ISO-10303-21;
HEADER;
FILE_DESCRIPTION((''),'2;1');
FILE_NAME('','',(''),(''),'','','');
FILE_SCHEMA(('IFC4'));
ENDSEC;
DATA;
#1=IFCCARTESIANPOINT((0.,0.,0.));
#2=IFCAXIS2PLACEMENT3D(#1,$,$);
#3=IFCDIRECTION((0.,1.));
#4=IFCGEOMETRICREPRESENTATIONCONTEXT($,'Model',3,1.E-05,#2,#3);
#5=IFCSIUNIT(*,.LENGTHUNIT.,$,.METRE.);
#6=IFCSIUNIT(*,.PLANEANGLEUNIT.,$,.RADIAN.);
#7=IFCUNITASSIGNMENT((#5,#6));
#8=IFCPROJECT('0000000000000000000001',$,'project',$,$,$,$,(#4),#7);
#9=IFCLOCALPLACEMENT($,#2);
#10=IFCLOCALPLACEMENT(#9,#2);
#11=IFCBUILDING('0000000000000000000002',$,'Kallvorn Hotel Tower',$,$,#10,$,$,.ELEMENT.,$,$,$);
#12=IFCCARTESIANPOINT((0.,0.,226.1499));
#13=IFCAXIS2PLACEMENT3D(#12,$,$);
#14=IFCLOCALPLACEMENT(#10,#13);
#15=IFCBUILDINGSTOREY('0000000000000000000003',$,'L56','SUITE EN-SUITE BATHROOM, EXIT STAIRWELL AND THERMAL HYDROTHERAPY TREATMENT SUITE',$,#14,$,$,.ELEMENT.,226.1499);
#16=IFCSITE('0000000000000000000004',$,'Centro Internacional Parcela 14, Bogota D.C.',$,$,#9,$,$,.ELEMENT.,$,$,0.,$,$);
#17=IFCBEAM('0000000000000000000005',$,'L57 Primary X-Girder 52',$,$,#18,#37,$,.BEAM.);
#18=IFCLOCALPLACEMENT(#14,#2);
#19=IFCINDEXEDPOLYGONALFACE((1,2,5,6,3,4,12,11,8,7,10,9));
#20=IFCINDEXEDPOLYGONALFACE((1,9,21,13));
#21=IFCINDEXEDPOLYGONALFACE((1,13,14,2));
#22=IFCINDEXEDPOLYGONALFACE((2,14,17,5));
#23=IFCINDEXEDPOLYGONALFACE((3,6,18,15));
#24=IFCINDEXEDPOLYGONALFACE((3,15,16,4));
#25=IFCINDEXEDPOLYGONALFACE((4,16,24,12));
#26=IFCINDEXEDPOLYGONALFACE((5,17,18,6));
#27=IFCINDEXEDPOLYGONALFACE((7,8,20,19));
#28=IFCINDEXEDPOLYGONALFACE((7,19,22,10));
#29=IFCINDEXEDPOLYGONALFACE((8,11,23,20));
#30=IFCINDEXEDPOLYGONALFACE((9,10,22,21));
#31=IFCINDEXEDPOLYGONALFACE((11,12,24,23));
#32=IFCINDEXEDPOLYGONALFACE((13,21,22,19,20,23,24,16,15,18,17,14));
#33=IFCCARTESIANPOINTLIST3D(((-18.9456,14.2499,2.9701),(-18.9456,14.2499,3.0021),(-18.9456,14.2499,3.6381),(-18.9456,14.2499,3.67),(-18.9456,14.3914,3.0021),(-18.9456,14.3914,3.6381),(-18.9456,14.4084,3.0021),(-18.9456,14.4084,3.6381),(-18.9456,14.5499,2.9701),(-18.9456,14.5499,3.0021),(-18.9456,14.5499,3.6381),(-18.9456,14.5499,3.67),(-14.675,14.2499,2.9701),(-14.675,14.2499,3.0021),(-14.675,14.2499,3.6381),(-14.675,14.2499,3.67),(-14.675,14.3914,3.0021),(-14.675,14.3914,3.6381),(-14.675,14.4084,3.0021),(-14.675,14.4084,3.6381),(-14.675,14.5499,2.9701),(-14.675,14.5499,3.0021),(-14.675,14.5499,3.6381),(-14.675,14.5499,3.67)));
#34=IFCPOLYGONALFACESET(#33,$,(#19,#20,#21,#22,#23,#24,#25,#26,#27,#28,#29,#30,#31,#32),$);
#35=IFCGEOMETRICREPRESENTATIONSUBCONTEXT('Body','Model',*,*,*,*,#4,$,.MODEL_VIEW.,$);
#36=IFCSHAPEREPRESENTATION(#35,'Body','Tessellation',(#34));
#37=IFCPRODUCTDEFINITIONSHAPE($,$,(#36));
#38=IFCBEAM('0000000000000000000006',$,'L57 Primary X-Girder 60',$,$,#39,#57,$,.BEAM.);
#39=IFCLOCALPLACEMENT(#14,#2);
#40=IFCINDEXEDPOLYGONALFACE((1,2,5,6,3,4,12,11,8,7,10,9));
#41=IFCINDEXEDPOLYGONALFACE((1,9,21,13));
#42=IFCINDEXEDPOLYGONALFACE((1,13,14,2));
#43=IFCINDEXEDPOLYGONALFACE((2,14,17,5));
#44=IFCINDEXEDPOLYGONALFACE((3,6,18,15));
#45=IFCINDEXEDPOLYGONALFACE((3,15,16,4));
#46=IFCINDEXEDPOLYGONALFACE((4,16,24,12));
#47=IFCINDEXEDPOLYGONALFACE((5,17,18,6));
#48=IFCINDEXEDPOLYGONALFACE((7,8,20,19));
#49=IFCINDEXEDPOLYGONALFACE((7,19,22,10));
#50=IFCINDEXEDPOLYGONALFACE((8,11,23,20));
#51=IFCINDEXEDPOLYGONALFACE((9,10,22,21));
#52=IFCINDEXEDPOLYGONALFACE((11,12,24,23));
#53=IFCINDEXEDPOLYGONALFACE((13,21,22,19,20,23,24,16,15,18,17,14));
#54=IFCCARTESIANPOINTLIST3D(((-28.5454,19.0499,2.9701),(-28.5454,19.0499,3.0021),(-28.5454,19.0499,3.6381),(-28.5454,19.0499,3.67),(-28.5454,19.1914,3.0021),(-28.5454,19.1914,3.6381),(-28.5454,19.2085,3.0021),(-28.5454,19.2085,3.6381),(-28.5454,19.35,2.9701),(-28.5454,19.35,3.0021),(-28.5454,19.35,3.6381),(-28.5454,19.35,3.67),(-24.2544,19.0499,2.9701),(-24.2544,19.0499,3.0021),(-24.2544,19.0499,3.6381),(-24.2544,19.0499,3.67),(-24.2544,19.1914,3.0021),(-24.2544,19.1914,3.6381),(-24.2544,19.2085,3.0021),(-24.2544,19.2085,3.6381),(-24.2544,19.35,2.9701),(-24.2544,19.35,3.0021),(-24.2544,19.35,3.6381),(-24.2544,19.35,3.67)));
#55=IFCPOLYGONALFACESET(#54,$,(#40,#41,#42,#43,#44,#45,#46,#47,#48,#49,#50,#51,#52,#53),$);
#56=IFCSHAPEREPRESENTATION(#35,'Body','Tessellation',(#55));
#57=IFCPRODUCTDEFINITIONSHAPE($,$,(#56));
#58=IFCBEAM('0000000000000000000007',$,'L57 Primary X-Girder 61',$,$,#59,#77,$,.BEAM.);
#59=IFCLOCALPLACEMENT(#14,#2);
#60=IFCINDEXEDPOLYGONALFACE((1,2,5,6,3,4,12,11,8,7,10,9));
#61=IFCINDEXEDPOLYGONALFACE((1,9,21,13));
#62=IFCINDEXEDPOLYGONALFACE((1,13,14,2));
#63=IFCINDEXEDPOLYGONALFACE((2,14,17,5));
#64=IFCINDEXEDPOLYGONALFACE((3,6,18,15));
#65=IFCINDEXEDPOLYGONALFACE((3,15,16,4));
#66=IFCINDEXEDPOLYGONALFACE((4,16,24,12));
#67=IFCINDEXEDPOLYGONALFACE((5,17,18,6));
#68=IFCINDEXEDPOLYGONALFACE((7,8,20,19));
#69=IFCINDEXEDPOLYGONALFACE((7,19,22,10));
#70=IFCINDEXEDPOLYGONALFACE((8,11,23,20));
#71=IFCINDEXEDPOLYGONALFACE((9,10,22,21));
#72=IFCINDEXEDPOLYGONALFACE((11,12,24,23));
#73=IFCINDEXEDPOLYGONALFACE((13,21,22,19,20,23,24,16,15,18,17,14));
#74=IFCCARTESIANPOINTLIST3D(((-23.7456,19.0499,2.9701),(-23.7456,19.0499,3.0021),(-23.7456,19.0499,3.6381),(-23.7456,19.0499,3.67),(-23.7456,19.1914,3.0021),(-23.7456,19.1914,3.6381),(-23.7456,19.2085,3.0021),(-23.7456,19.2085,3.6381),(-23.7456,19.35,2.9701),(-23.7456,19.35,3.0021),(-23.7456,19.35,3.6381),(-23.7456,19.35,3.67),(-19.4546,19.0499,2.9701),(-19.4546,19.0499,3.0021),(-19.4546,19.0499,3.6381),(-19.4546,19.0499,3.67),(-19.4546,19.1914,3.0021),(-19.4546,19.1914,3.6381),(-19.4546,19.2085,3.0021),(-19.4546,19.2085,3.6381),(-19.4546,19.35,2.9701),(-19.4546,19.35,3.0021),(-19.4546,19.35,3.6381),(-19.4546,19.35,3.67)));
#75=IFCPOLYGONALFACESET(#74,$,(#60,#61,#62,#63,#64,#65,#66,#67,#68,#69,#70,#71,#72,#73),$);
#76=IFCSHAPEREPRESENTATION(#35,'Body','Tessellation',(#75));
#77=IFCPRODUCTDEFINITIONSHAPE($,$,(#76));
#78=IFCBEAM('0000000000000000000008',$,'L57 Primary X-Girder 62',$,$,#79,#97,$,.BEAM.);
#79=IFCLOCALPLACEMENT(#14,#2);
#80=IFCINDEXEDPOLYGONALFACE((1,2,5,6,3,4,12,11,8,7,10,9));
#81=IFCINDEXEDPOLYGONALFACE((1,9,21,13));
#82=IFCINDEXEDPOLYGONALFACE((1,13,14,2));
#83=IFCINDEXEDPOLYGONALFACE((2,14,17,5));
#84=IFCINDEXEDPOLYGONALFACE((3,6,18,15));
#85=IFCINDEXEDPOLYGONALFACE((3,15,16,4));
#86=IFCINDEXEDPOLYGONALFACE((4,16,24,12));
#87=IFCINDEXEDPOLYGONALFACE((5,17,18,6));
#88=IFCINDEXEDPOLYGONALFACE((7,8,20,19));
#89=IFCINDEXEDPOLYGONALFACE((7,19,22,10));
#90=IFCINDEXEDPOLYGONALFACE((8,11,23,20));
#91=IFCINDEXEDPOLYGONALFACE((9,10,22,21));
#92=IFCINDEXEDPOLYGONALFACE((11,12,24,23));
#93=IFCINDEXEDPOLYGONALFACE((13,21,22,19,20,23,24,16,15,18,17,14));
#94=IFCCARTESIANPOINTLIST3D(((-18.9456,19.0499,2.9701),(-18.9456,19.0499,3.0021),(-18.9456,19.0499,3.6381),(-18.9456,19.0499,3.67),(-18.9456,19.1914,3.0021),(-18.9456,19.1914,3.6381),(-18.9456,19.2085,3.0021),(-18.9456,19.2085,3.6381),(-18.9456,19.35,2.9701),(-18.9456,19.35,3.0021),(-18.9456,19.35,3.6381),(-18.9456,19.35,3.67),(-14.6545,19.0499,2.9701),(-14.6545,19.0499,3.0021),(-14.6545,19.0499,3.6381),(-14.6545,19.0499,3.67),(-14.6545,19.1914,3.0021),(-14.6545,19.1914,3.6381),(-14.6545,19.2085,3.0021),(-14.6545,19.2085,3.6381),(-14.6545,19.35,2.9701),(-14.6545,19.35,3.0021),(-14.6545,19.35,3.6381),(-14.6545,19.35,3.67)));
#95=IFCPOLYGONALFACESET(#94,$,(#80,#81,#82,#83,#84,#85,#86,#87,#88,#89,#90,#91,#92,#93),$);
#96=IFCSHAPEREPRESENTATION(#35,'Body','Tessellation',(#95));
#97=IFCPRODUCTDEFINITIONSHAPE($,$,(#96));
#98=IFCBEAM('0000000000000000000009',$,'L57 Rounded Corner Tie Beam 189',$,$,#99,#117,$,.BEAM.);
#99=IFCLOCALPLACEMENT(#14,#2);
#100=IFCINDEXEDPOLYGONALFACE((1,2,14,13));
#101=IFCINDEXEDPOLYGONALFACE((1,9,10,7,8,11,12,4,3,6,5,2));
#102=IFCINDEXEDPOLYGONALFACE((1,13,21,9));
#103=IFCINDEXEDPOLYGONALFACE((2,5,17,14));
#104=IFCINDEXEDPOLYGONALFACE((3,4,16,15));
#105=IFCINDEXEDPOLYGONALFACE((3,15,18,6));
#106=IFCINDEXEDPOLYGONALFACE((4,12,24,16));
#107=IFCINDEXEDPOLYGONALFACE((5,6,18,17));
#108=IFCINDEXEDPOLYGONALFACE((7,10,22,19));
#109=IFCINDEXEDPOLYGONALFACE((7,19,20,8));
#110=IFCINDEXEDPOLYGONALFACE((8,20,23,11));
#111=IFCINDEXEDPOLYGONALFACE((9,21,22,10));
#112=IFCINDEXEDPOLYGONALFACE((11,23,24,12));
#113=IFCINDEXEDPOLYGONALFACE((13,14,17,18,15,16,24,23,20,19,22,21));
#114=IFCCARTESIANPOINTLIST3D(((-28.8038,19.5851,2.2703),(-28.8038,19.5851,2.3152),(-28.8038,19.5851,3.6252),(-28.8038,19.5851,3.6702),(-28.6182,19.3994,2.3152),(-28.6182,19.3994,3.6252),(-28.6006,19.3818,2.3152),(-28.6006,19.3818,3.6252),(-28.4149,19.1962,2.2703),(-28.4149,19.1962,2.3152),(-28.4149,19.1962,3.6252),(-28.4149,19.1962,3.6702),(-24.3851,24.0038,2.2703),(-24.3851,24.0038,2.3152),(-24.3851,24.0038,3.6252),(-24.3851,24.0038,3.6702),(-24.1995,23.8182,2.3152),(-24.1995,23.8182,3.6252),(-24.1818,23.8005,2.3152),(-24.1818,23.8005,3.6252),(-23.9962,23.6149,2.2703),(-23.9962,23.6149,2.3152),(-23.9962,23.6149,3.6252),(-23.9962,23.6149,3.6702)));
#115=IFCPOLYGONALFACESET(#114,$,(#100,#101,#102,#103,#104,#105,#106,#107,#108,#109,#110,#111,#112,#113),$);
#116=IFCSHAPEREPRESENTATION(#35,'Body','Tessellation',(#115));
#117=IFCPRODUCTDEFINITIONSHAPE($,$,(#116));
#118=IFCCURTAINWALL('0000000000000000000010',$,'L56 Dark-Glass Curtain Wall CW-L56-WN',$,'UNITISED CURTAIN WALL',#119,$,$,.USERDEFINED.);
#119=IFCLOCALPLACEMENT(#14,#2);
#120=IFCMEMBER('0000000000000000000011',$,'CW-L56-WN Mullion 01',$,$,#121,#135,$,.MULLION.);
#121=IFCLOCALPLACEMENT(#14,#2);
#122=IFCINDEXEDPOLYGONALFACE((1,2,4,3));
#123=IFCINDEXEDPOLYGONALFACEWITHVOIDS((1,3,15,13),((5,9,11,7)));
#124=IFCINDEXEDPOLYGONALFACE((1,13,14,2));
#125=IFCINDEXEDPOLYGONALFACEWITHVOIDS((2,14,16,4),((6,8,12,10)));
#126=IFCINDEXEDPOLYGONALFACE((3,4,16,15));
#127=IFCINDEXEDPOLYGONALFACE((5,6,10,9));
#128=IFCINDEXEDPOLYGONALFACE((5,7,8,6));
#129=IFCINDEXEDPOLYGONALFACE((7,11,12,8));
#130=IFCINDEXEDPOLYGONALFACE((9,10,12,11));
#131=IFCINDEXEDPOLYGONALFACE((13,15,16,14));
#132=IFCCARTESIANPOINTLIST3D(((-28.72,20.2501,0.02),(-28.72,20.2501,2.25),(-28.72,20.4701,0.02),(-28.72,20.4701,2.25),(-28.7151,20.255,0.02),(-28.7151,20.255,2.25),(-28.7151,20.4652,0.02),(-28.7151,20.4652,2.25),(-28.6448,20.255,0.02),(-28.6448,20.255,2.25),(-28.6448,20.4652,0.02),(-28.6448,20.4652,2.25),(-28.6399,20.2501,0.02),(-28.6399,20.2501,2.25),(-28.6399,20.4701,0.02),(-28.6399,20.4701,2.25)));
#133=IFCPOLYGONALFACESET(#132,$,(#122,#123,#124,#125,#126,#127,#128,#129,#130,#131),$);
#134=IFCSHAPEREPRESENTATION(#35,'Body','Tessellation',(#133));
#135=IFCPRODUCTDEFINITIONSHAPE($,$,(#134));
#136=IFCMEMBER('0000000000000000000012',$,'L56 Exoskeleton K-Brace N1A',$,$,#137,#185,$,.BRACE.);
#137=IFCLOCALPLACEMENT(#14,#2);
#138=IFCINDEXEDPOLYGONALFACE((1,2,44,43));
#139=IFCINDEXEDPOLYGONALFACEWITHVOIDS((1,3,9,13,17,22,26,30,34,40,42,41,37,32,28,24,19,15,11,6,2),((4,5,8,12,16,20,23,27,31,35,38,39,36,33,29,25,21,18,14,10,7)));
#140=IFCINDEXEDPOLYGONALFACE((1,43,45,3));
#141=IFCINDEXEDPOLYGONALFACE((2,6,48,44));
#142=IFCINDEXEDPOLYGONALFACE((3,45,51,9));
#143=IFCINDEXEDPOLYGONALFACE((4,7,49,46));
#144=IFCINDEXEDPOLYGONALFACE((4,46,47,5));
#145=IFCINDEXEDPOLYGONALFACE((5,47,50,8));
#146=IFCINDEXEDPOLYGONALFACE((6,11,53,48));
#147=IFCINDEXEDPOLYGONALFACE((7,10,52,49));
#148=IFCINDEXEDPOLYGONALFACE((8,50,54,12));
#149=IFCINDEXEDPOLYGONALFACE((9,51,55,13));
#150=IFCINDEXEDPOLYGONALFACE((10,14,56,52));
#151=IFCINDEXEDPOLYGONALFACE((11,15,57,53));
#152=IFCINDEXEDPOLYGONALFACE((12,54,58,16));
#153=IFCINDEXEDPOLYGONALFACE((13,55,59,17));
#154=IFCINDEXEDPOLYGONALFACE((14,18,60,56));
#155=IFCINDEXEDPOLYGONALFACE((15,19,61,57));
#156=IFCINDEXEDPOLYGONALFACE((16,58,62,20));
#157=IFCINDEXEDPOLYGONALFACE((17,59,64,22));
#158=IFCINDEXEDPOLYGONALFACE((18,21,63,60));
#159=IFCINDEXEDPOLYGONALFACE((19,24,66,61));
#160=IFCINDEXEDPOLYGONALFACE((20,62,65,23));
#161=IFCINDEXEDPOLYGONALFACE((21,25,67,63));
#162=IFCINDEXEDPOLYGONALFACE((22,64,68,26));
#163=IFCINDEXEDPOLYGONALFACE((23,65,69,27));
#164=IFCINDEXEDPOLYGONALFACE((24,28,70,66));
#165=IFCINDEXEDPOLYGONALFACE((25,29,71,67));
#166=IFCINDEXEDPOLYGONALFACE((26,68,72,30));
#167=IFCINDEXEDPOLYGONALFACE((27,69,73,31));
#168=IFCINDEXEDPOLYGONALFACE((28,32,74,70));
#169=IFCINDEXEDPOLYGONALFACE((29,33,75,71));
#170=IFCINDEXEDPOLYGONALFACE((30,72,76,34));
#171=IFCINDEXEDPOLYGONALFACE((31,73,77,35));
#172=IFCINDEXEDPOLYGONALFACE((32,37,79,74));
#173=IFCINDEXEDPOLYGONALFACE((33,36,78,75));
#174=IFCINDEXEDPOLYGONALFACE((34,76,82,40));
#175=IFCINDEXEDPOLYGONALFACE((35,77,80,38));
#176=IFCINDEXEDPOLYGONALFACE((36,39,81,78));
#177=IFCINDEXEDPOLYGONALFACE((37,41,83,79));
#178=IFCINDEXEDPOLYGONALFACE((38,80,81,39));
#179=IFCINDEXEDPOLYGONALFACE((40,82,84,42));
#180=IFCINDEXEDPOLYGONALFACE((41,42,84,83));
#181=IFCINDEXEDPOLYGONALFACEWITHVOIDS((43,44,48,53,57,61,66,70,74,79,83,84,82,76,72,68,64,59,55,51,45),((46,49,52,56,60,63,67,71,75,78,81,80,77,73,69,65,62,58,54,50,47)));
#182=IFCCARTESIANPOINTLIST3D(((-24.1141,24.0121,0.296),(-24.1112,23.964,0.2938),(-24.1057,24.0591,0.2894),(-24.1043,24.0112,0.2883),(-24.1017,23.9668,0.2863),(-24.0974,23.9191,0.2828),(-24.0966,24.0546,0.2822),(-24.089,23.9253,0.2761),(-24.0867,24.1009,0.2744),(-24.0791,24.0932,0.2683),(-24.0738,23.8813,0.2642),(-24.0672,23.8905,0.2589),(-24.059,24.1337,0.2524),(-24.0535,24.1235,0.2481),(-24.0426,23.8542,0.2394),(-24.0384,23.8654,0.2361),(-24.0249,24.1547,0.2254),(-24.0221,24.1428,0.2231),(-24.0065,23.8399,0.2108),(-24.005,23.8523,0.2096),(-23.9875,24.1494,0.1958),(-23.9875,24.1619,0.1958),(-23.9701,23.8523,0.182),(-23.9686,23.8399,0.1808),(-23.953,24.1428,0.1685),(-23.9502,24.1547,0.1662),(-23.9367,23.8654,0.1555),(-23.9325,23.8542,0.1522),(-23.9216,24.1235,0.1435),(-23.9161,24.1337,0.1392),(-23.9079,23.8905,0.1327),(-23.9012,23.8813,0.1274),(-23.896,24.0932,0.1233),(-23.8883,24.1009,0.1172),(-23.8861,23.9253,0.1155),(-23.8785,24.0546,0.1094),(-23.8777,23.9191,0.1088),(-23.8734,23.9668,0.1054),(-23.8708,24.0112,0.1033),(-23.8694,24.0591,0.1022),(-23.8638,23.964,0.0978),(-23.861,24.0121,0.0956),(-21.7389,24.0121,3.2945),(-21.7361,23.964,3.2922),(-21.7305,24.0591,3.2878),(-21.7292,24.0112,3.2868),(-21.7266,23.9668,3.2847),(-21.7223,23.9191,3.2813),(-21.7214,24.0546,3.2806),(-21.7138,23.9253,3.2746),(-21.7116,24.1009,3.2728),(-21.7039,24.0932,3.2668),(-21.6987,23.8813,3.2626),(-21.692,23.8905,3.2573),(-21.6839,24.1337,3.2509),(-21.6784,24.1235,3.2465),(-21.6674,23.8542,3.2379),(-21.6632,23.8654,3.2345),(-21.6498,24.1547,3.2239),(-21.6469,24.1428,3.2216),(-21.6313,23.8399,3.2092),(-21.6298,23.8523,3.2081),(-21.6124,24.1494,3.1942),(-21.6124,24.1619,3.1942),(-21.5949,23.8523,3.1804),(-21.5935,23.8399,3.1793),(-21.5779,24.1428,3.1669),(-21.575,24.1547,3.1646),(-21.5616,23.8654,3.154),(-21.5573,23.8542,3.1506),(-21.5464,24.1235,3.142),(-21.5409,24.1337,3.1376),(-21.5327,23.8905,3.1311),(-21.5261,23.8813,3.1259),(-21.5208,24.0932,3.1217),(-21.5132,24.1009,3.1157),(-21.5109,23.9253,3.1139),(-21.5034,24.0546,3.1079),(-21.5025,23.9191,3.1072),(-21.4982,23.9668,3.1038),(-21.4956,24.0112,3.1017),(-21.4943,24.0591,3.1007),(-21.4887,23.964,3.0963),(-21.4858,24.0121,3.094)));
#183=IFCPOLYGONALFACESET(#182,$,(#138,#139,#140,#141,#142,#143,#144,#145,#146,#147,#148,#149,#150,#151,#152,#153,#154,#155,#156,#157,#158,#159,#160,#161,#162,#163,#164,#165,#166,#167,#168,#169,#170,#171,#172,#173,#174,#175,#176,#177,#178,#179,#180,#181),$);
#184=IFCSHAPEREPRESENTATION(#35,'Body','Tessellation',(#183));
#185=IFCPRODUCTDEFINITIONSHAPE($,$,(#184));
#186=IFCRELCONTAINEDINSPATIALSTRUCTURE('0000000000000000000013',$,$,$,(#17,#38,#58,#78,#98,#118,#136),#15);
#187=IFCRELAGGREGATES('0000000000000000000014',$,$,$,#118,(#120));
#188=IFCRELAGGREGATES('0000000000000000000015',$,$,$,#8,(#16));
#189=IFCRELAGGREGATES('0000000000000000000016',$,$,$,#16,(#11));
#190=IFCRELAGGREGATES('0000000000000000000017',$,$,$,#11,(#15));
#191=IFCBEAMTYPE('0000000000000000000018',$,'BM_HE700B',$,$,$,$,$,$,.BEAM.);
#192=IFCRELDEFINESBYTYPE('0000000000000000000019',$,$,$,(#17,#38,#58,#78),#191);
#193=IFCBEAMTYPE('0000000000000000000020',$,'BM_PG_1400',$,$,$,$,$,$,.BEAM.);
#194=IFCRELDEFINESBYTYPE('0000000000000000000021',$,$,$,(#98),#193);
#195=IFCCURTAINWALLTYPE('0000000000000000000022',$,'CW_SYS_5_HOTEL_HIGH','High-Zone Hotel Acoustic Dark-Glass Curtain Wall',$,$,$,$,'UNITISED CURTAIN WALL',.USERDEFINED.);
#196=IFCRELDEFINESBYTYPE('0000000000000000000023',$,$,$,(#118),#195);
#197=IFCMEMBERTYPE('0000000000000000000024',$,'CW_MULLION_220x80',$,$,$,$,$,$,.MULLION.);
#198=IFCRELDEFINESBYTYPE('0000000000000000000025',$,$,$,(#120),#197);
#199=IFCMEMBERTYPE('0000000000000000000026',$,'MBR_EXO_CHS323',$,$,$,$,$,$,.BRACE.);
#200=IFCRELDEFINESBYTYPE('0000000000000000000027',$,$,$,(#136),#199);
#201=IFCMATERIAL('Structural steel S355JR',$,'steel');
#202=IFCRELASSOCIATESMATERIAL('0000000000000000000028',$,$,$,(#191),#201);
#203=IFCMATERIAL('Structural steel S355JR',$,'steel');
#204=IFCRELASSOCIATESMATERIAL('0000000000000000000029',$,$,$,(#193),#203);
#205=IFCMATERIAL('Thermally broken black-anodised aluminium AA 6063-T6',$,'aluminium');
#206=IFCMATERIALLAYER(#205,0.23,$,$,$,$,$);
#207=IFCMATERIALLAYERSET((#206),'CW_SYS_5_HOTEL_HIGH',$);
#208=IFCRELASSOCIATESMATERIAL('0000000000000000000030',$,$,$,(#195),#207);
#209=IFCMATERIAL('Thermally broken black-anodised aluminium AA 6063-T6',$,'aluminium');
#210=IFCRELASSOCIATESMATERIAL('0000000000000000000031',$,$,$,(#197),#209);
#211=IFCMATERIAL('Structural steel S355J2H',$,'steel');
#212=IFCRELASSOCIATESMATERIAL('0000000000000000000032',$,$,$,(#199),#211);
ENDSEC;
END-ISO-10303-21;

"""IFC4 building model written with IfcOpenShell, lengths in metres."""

from ifc_helpers import new_model, si_unit, direction, frame, origin, origin_2d, place, context, subcontext, project, spatial, hollow_rectangle, hollow_circle, i_section, extrude, material, layer, layer_set, material_profile, profile_set, type_object, element, aggregate, save


model = new_model("IFC4")

# Units and contexts
model_context = context("Model", 3, precision=1e-05, world=origin(), true_north=direction((0.0, 1.0)))
body_context = subcontext(model_context, "Body", "Model", "MODEL_VIEW")
ifc_project = project(units=[si_unit("LENGTHUNIT", "METRE"), si_unit("PLANEANGLEUNIT", "RADIAN")], contexts=[model_context])

# Site, building, storey
site_placement = place(None, origin())
site = spatial("IfcSite", under=ifc_project, at=site_placement, Name="Centro Internacional Parcela 14, Bogota D.C.", CompositionType="ELEMENT", RefElevation=0.0)
building_placement = place(site_placement, origin())
building = spatial("IfcBuilding", under=site, at=building_placement, Name="Kallvorn Hotel Tower", CompositionType="ELEMENT")
storey_placement = place(building_placement, frame((0.0, 0.0, 226.1499)))
storey = spatial("IfcBuildingStorey", under=building, at=storey_placement, Name="L56", Description="SUITE EN-SUITE BATHROOM, EXIT STAIRWELL AND THERMAL HYDROTHERAPY TREATMENT SUITE", CompositionType="ELEMENT", Elevation=226.1499)

# Beams
ifc_material_1 = material(Name="Structural steel S355JR", Category="steel")
ifc_material_profile_1 = material_profile(ifc_material_1, i_section(OverallWidth=0.3, OverallDepth=0.7, WebThickness=0.0171, FlangeThickness=0.032, at=origin_2d()), Name="HE 700 B")
ifc_profile_set_1 = profile_set([ifc_material_profile_1], Name="Structural steel S355JR")
beam_type_1 = type_object("IfcBeamType", Name="BM_HE700B", PredefinedType="BEAM", material=ifc_profile_set_1)
for number, where, z_axis, x_axis, name in (
    (1, (-18.9456, 14.3999, 3.3201), (1.0, 0.0, 0.0), (0.0, 1.0, 0.0), "L57 Primary X-Girder 52"),
):
    element("IfcBeam", number, at=place(storey_placement, frame(where, z_axis=z_axis, x_axis=x_axis)), inside=storey, type_object=beam_type_1, Name=name, PredefinedType="BEAM", context=body_context, shape_type="SweptSolid", body=[
        extrude(i_section(OverallWidth=0.3, OverallDepth=0.7, WebThickness=0.0171, FlangeThickness=0.032, at=origin_2d()), origin(), (0.0, 0.0, 1.0), 4.2705),
    ])
for number, where, z_axis, x_axis, name in (
    (2, (-28.5454, 19.2, 3.3201), (1.0, 0.0, 0.0), (0.0, 1.0, 0.0), "L57 Primary X-Girder 60"),
    (3, (-23.7456, 19.2, 3.3201), (1.0, 0.0, 0.0), (0.0, 1.0, 0.0), "L57 Primary X-Girder 61"),
    (4, (-18.9456, 19.2, 3.3201), (1.0, 0.0, 0.0), (0.0, 1.0, 0.0), "L57 Primary X-Girder 62"),
):
    element("IfcBeam", number, at=place(storey_placement, frame(where, z_axis=z_axis, x_axis=x_axis)), inside=storey, type_object=beam_type_1, Name=name, PredefinedType="BEAM", context=body_context, shape_type="SweptSolid", body=[
        extrude(i_section(OverallWidth=0.3, OverallDepth=0.7, WebThickness=0.0171, FlangeThickness=0.032, at=origin_2d()), origin(), (0.0, 0.0, 1.0), 4.291),
    ])
ifc_material_2 = material(Name="Structural steel S355JR", Category="steel")
ifc_material_profile_2 = material_profile(ifc_material_2, i_section(OverallWidth=0.55, OverallDepth=1.3999, WebThickness=0.0249, FlangeThickness=0.0449, at=origin_2d()), Name="PG 1400x550x25x45")
ifc_profile_set_2 = profile_set([ifc_material_profile_2], Name="Structural steel S355JR")
beam_type_2 = type_object("IfcBeamType", Name="BM_PG_1400", PredefinedType="BEAM", material=ifc_profile_set_2)
beam_1_placement = place(storey_placement, frame((-28.6094, 19.3906, 2.9702), z_axis=(0.707107, 0.707107, 0.0), x_axis=(-0.707107, 0.707107, 0.0)))
element("IfcBeam", 5, at=beam_1_placement, inside=storey, type_object=beam_type_2, Name="L57 Rounded Corner Tie Beam 189", PredefinedType="BEAM", context=body_context, shape_type="SweptSolid", body=[
    extrude(i_section(OverallWidth=0.55, OverallDepth=1.3999, WebThickness=0.0249, FlangeThickness=0.0449, at=origin_2d()), origin(), (0.0, 0.0, 1.0), 6.249),
])

# Curtain wall, member
ifc_material_3 = material(Name="Thermally broken black-anodised aluminium AA 6063-T6", Category="aluminium")
ifc_layer_1 = layer(ifc_material_3, 0.23)
ifc_layer_set_1 = layer_set([ifc_layer_1], Name="CW_SYS_5_HOTEL_HIGH")
curtain_wall_type = type_object("IfcCurtainWallType", Name="CW_SYS_5_HOTEL_HIGH", Description="High-Zone Hotel Acoustic Dark-Glass Curtain Wall", ElementType="UNITISED CURTAIN WALL", PredefinedType="USERDEFINED", material=ifc_layer_set_1)
curtain_wall_placement = place(storey_placement, origin())
curtain_wall = element("IfcCurtainWall", 6, at=curtain_wall_placement, inside=storey, type_object=curtain_wall_type, Name="L56 Dark-Glass Curtain Wall CW-L56-WN", ObjectType="UNITISED CURTAIN WALL", PredefinedType="USERDEFINED")
ifc_material_4 = material(Name="Thermally broken black-anodised aluminium AA 6063-T6", Category="aluminium")
ifc_material_profile_3 = material_profile(ifc_material_4, hollow_rectangle(XDim=0.0801, YDim=0.22, WallThickness=0.0049, at=origin_2d()), Name="MUL 220x80")
ifc_profile_set_3 = profile_set([ifc_material_profile_3], Name="Thermally broken black-anodised aluminium AA 6063-T6")
member_type_1 = type_object("IfcMemberType", Name="CW_MULLION_220x80", PredefinedType="MULLION", material=ifc_profile_set_3)
member_placement = place(storey_placement, frame((-28.6799, 20.3601, 0.02), z_axis=(0.0, 0.0, 1.0), x_axis=(1.0, 0.0, 0.0)))
member = element("IfcMember", 7, at=member_placement, type_object=member_type_1, Name="CW-L56-WN Mullion 01", PredefinedType="MULLION", context=body_context, shape_type="SweptSolid", body=[
    extrude(hollow_rectangle(XDim=0.0801, YDim=0.22, WallThickness=0.0049, at=origin_2d()), origin(), (0.0, 0.0, 1.0), 2.23),
])
aggregate(curtain_wall, [member])

# Member
ifc_material_5 = material(Name="Structural steel S355J2H", Category="steel")
ifc_material_profile_4 = material_profile(ifc_material_5, hollow_circle(Radius=0.1619, WallThickness=0.0125, at=origin_2d()), Name="CHS 323.9x12.5")
ifc_profile_set_4 = profile_set([ifc_material_profile_4], Name="Structural steel S355J2H")
member_type_2 = type_object("IfcMemberType", Name="MBR_EXO_CHS323", PredefinedType="BRACE", material=ifc_profile_set_4)
for number, where, z_axis, x_axis, name in (
    (8, (-23.9875, 24.0, 0.1958), (0.620929, 0.0, 0.783867), (0.0, 1.0, 0.0), "L56 Exoskeleton K-Brace N1A"),
):
    element("IfcMember", number, at=place(storey_placement, frame(where, z_axis=z_axis, x_axis=x_axis)), inside=storey, type_object=member_type_2, Name=name, PredefinedType="BRACE", context=body_context, shape_type="SweptSolid", body=[
        extrude(hollow_circle(Radius=0.1619, WallThickness=0.0125, at=origin_2d()), origin(), (0.0, 0.0, 1.0), 3.8252),
    ])

save(model, "model.ifc")
